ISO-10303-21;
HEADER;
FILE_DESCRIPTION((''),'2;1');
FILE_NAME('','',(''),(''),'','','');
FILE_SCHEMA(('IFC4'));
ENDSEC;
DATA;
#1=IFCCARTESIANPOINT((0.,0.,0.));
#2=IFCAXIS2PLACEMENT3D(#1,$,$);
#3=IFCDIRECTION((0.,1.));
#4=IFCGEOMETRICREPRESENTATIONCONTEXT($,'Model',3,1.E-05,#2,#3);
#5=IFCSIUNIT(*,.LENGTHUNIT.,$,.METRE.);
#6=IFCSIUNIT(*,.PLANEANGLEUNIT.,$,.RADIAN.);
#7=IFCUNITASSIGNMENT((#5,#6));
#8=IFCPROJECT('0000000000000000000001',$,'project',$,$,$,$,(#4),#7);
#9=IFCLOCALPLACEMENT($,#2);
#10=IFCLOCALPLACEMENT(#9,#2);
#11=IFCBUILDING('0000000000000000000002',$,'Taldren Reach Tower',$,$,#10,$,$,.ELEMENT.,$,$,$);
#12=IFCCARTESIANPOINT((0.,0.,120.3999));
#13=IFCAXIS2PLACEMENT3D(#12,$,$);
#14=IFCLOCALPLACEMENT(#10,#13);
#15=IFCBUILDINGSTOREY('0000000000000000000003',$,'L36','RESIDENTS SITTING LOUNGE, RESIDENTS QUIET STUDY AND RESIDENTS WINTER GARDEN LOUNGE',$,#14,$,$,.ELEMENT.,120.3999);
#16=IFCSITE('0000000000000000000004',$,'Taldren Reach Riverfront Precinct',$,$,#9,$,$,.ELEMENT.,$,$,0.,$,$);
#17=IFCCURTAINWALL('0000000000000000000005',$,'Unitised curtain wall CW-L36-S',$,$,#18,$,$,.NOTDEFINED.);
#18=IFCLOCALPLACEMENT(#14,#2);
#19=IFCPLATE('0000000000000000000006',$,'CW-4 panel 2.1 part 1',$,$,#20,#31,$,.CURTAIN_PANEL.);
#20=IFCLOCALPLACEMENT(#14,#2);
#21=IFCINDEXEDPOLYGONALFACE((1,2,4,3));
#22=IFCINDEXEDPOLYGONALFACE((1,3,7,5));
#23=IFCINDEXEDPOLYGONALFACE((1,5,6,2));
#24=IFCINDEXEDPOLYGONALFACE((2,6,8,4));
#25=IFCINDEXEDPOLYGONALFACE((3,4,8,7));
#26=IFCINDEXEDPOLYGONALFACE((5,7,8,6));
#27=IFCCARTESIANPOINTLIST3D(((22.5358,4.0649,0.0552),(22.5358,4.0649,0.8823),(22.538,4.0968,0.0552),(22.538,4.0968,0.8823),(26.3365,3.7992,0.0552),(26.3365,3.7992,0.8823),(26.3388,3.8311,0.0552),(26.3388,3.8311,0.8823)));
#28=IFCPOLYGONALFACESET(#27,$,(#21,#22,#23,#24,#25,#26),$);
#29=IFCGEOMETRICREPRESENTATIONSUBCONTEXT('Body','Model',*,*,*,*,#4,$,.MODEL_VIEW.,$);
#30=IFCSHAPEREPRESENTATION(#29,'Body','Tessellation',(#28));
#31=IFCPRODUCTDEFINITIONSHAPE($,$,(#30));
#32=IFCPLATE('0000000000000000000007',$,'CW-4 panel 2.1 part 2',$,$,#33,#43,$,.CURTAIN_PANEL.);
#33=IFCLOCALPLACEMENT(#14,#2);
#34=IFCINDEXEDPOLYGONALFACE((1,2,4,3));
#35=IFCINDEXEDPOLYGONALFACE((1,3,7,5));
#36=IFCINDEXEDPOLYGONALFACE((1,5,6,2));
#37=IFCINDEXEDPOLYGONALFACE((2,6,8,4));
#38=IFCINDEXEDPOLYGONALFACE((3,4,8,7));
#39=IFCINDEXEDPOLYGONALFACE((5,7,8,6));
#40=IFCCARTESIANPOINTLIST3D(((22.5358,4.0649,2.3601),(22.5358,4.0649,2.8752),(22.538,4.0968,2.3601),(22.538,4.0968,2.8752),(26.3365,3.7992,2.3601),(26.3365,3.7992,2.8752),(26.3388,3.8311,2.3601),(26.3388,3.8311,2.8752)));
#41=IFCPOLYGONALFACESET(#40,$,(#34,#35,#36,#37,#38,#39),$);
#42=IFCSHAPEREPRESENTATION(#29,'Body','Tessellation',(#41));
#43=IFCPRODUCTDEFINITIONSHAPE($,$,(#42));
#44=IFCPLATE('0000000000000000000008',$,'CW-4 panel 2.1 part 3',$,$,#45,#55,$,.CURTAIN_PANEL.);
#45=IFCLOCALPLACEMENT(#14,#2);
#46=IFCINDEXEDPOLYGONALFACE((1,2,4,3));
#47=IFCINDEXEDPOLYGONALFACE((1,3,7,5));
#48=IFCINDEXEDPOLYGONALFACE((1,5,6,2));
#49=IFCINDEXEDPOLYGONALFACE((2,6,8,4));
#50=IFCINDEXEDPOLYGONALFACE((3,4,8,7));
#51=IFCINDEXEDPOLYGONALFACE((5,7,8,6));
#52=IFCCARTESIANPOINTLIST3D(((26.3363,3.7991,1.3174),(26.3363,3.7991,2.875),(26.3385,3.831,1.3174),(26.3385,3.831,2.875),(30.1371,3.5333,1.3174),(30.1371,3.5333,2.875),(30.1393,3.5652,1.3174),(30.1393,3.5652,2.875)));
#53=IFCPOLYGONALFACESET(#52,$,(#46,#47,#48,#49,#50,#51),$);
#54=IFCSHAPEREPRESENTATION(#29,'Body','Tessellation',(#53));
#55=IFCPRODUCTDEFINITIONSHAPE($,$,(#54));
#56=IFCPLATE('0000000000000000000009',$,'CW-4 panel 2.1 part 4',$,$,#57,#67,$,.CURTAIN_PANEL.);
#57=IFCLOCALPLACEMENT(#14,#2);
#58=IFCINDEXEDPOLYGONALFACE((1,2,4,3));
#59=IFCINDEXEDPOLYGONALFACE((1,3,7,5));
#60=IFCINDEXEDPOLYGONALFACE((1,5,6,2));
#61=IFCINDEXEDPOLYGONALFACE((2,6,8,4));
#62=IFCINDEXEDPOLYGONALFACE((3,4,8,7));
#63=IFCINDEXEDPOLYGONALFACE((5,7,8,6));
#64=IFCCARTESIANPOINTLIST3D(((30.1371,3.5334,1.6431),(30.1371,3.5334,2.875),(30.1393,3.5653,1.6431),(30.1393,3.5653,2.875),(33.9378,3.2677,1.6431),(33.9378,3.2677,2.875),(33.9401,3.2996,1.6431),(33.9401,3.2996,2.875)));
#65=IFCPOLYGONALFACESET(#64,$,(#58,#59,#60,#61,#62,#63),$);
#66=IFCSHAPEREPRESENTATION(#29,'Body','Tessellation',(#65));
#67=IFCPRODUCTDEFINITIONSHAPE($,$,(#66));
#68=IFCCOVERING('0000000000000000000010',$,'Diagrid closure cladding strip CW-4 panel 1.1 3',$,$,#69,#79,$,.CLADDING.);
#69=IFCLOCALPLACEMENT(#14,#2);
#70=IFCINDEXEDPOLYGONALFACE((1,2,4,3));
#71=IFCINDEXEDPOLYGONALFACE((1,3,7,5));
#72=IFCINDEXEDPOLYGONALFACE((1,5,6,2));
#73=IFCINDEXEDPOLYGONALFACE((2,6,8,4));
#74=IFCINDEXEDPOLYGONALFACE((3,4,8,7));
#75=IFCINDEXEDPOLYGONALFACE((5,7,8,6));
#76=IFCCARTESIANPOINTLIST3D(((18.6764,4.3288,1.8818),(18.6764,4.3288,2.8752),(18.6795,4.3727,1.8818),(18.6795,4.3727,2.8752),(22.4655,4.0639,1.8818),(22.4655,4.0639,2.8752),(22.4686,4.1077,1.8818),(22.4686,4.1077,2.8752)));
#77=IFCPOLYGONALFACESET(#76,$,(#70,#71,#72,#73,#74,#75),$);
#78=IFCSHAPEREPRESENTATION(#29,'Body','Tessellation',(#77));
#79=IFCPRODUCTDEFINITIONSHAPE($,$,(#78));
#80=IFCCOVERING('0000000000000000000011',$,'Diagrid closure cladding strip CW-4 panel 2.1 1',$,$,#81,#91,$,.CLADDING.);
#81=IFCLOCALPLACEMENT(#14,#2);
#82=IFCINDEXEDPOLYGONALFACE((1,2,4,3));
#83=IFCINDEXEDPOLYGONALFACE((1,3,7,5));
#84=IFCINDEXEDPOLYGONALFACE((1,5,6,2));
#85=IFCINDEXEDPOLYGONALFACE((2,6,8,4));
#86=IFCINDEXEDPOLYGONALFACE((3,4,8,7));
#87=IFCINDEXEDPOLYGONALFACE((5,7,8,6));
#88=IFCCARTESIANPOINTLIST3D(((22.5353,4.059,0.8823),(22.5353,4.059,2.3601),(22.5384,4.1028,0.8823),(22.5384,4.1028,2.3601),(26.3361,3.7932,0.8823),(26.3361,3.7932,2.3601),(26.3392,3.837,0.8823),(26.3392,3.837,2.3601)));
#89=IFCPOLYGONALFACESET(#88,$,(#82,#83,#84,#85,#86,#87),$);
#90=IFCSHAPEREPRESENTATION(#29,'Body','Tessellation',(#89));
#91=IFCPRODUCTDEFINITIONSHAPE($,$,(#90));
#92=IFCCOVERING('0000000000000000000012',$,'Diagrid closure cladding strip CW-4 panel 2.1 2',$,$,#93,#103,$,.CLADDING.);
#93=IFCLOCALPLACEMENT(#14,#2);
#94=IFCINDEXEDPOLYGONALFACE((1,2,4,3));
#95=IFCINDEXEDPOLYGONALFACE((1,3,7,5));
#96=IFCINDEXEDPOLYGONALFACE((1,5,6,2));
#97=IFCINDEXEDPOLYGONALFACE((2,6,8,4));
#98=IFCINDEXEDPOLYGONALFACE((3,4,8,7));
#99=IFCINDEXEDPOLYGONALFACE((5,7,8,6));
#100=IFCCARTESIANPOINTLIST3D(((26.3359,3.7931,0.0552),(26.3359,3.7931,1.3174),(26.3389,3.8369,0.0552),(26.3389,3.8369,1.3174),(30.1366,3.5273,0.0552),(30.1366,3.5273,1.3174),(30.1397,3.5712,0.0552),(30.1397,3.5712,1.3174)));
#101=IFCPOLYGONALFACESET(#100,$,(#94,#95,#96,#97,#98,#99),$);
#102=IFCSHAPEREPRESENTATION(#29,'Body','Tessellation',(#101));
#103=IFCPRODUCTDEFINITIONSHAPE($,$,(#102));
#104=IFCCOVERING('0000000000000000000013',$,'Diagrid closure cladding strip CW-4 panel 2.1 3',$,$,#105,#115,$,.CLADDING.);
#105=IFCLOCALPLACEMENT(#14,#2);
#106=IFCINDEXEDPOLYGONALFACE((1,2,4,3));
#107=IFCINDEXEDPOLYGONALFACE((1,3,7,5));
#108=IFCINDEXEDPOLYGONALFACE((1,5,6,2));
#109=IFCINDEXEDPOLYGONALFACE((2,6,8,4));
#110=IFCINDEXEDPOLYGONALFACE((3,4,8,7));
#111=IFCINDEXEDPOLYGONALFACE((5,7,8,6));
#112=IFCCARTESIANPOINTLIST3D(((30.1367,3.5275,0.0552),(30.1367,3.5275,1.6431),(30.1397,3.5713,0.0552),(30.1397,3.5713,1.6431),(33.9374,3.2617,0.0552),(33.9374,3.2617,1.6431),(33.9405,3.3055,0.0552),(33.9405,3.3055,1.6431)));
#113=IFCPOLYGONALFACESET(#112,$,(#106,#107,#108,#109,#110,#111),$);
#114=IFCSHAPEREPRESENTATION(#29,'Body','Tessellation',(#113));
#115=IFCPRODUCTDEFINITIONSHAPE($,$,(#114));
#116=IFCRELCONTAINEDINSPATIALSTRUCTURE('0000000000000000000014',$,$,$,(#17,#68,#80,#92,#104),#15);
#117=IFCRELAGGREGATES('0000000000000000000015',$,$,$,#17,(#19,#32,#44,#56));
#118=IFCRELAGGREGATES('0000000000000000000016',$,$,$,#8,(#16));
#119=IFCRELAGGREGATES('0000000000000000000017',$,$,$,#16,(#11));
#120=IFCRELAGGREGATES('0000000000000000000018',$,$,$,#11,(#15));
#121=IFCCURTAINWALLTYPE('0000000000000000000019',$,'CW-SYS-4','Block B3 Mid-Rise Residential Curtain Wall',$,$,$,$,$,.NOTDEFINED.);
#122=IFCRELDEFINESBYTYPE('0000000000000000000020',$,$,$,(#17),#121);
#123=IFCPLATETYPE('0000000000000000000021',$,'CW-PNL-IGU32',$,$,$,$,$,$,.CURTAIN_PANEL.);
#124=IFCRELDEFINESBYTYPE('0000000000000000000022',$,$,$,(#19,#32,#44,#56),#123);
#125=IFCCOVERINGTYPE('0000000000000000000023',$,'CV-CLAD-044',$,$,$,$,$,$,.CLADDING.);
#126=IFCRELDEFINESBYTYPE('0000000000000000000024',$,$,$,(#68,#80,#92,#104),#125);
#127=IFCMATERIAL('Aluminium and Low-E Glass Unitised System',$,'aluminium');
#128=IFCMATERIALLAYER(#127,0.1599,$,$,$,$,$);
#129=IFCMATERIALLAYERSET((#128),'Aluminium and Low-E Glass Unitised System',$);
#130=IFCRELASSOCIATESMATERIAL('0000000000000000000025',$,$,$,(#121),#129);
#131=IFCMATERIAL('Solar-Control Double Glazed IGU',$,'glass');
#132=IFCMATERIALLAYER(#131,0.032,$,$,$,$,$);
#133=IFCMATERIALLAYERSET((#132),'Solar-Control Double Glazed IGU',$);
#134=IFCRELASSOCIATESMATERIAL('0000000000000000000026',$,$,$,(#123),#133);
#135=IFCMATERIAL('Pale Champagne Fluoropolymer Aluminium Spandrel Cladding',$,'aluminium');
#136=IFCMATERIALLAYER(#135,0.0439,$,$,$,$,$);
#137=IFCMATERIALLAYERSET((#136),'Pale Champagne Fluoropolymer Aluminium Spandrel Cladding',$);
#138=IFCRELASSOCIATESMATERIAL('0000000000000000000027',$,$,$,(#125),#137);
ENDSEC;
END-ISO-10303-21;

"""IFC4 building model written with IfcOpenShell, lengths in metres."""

from ifc_helpers import new_model, si_unit, direction, frame, origin, origin_2d, place, context, subcontext, project, spatial, rectangle, extrude, source, transform, mapped, material, layer, layer_set, type_object, element, aggregate, save


model = new_model("IFC4")

# Units and contexts
model_context = context("Model", 3, precision=1e-05, world=origin(), true_north=direction((0.0, 1.0)))
body_context = subcontext(model_context, "Body", "Model", "MODEL_VIEW")
ifc_project = project(units=[si_unit("LENGTHUNIT", "METRE"), si_unit("PLANEANGLEUNIT", "RADIAN")], contexts=[model_context])

# Site, building, storey
site_placement = place(None, origin())
site = spatial("IfcSite", under=ifc_project, at=site_placement, Name="Taldren Reach Riverfront Precinct", CompositionType="ELEMENT", RefElevation=0.0)
building_placement = place(site_placement, origin())
building = spatial("IfcBuilding", under=site, at=building_placement, Name="Taldren Reach Tower", CompositionType="ELEMENT")
storey_placement = place(building_placement, frame((0.0, 0.0, 120.3999)))
storey = spatial("IfcBuildingStorey", under=building, at=storey_placement, Name="L36", Description="RESIDENTS SITTING LOUNGE, RESIDENTS QUIET STUDY AND RESIDENTS WINTER GARDEN LOUNGE", CompositionType="ELEMENT", Elevation=120.3999)

# Curtain wall
ifc_material_1 = material(Name="Aluminium and Low-E Glass Unitised System", Category="aluminium")
ifc_layer_1 = layer(ifc_material_1, 0.1599)
ifc_layer_set_1 = layer_set([ifc_layer_1], Name="Aluminium and Low-E Glass Unitised System")
curtain_wall_type = type_object("IfcCurtainWallType", Name="CW-SYS-4", Description="Block B3 Mid-Rise Residential Curtain Wall", PredefinedType="NOTDEFINED", material=ifc_layer_set_1)
curtain_wall_placement = place(storey_placement, origin())
curtain_wall = element("IfcCurtainWall", 1, at=curtain_wall_placement, inside=storey, type_object=curtain_wall_type, Name="Unitised curtain wall CW-L36-S", PredefinedType="NOTDEFINED")

# Plates
ifc_material_2 = material(Name="Solar-Control Double Glazed IGU", Category="glass")
ifc_layer_2 = layer(ifc_material_2, 0.032)
ifc_layer_set_2 = layer_set([ifc_layer_2], Name="Solar-Control Double Glazed IGU")
plate_type_1 = type_object("IfcPlateType", Name="CW-PNL-IGU32", PredefinedType="CURTAIN_PANEL", material=ifc_layer_set_2)
shared_shape_1 = source(origin(), body_context, "Body", "SweptSolid", [
    extrude(rectangle(XDim=3.8101, YDim=0.032, at=origin_2d()), origin(), (0.0, 0.0, 1.0), 0.8271),
])
plate_1_placement = place(storey_placement, frame((24.4373, 3.948, 0.0552), z_axis=(0.0, 0.0, 1.0), x_axis=(0.997564, -0.069757, 0.0)))
plate_1 = element("IfcPlate", 2, at=plate_1_placement, type_object=plate_type_1, Name="CW-4 panel 2.1 part 1", PredefinedType="CURTAIN_PANEL", context=body_context, shape_type="MappedRepresentation", body=[
    mapped(shared_shape_1, transform((0.0, 0.0, 0.0), scale=1.0)),
])
shared_shape_2 = source(origin(), body_context, "Body", "SweptSolid", [
    extrude(rectangle(XDim=3.8101, YDim=0.032, at=origin_2d()), origin(), (0.0, 0.0, 1.0), 0.5151),
])
plate_2_placement = place(storey_placement, frame((24.4373, 3.948, 2.3601), z_axis=(0.0, 0.0, 1.0), x_axis=(0.997564, -0.069757, 0.0)))
plate_2 = element("IfcPlate", 3, at=plate_2_placement, type_object=plate_type_1, Name="CW-4 panel 2.1 part 2", PredefinedType="CURTAIN_PANEL", context=body_context, shape_type="MappedRepresentation", body=[
    mapped(shared_shape_2, transform((0.0, 0.0, 0.0), scale=1.0)),
])
shared_shape_3 = source(origin(), body_context, "Body", "SweptSolid", [
    extrude(rectangle(XDim=3.8101, YDim=0.032, at=origin_2d()), origin(), (0.0, 0.0, 1.0), 1.5576),
])
plate_3_placement = place(storey_placement, frame((28.2378, 3.6821, 1.3174), z_axis=(0.0, 0.0, 1.0), x_axis=(0.997564, -0.069757, 0.0)))
plate_3 = element("IfcPlate", 4, at=plate_3_placement, type_object=plate_type_1, Name="CW-4 panel 2.1 part 3", PredefinedType="CURTAIN_PANEL", context=body_context, shape_type="MappedRepresentation", body=[
    mapped(shared_shape_3, transform((0.0, 0.0, 0.0), scale=1.0)),
])
shared_shape_4 = source(origin(), body_context, "Body", "SweptSolid", [
    extrude(rectangle(XDim=3.8101, YDim=0.032, at=origin_2d()), origin(), (0.0, 0.0, 1.0), 1.2319),
])
plate_4_placement = place(storey_placement, frame((32.0386, 3.4165, 1.6431), z_axis=(0.0, 0.0, 1.0), x_axis=(0.997564, -0.069757, 0.0)))
plate_4 = element("IfcPlate", 5, at=plate_4_placement, type_object=plate_type_1, Name="CW-4 panel 2.1 part 4", PredefinedType="CURTAIN_PANEL", context=body_context, shape_type="MappedRepresentation", body=[
    mapped(shared_shape_4, transform((0.0, 0.0, 0.0), scale=1.0)),
])
aggregate(curtain_wall, [plate_1, plate_2, plate_3, plate_4])

# Coverings
ifc_material_3 = material(Name="Pale Champagne Fluoropolymer Aluminium Spandrel Cladding", Category="aluminium")
ifc_layer_3 = layer(ifc_material_3, 0.0439)
ifc_layer_set_3 = layer_set([ifc_layer_3], Name="Pale Champagne Fluoropolymer Aluminium Spandrel Cladding")
covering_type = type_object("IfcCoveringType", Name="CV-CLAD-044", PredefinedType="CLADDING", material=ifc_layer_set_3)
shared_shape_5 = source(origin(), body_context, "Body", "SweptSolid", [
    extrude(rectangle(XDim=3.7983, YDim=0.0439, at=origin_2d()), origin(), (0.0, 0.0, 1.0), 0.9934),
])
covering_1_placement = place(storey_placement, frame((20.5725, 4.2183, 1.8818), z_axis=(0.0, 0.0, 1.0), x_axis=(0.997564, -0.069757, 0.0)))
element("IfcCovering", 6, at=covering_1_placement, inside=storey, type_object=covering_type, Name="Diagrid closure cladding strip CW-4 panel 1.1 3", PredefinedType="CLADDING", context=body_context, shape_type="MappedRepresentation", body=[
    mapped(shared_shape_5, transform((0.0, 0.0, 0.0), scale=1.0)),
])
shared_shape_6 = source(origin(), body_context, "Body", "SweptSolid", [
    extrude(rectangle(XDim=3.8101, YDim=0.0439, at=origin_2d()), origin(), (0.0, 0.0, 1.0), 1.4778),
])
covering_2_placement = place(storey_placement, frame((24.4373, 3.948, 0.8823), z_axis=(0.0, 0.0, 1.0), x_axis=(0.997564, -0.069757, 0.0)))
element("IfcCovering", 7, at=covering_2_placement, inside=storey, type_object=covering_type, Name="Diagrid closure cladding strip CW-4 panel 2.1 1", PredefinedType="CLADDING", context=body_context, shape_type="MappedRepresentation", body=[
    mapped(shared_shape_6, transform((0.0, 0.0, 0.0), scale=1.0)),
])
shared_shape_7 = source(origin(), body_context, "Body", "SweptSolid", [
    extrude(rectangle(XDim=3.8101, YDim=0.0439, at=origin_2d()), origin(), (0.0, 0.0, 1.0), 1.2622),
])
covering_3_placement = place(storey_placement, frame((28.2378, 3.6821, 0.0552), z_axis=(0.0, 0.0, 1.0), x_axis=(0.997564, -0.069757, 0.0)))
element("IfcCovering", 8, at=covering_3_placement, inside=storey, type_object=covering_type, Name="Diagrid closure cladding strip CW-4 panel 2.1 2", PredefinedType="CLADDING", context=body_context, shape_type="MappedRepresentation", body=[
    mapped(shared_shape_7, transform((0.0, 0.0, 0.0), scale=1.0)),
])
shared_shape_8 = source(origin(), body_context, "Body", "SweptSolid", [
    extrude(rectangle(XDim=3.8101, YDim=0.0439, at=origin_2d()), origin(), (0.0, 0.0, 1.0), 1.5879),
])
covering_4_placement = place(storey_placement, frame((32.0386, 3.4165, 0.0552), z_axis=(0.0, 0.0, 1.0), x_axis=(0.997564, -0.069757, 0.0)))
element("IfcCovering", 9, at=covering_4_placement, inside=storey, type_object=covering_type, Name="Diagrid closure cladding strip CW-4 panel 2.1 3", PredefinedType="CLADDING", context=body_context, shape_type="MappedRepresentation", body=[
    mapped(shared_shape_8, transform((0.0, 0.0, 0.0), scale=1.0)),
])

save(model, "model.ifc")
